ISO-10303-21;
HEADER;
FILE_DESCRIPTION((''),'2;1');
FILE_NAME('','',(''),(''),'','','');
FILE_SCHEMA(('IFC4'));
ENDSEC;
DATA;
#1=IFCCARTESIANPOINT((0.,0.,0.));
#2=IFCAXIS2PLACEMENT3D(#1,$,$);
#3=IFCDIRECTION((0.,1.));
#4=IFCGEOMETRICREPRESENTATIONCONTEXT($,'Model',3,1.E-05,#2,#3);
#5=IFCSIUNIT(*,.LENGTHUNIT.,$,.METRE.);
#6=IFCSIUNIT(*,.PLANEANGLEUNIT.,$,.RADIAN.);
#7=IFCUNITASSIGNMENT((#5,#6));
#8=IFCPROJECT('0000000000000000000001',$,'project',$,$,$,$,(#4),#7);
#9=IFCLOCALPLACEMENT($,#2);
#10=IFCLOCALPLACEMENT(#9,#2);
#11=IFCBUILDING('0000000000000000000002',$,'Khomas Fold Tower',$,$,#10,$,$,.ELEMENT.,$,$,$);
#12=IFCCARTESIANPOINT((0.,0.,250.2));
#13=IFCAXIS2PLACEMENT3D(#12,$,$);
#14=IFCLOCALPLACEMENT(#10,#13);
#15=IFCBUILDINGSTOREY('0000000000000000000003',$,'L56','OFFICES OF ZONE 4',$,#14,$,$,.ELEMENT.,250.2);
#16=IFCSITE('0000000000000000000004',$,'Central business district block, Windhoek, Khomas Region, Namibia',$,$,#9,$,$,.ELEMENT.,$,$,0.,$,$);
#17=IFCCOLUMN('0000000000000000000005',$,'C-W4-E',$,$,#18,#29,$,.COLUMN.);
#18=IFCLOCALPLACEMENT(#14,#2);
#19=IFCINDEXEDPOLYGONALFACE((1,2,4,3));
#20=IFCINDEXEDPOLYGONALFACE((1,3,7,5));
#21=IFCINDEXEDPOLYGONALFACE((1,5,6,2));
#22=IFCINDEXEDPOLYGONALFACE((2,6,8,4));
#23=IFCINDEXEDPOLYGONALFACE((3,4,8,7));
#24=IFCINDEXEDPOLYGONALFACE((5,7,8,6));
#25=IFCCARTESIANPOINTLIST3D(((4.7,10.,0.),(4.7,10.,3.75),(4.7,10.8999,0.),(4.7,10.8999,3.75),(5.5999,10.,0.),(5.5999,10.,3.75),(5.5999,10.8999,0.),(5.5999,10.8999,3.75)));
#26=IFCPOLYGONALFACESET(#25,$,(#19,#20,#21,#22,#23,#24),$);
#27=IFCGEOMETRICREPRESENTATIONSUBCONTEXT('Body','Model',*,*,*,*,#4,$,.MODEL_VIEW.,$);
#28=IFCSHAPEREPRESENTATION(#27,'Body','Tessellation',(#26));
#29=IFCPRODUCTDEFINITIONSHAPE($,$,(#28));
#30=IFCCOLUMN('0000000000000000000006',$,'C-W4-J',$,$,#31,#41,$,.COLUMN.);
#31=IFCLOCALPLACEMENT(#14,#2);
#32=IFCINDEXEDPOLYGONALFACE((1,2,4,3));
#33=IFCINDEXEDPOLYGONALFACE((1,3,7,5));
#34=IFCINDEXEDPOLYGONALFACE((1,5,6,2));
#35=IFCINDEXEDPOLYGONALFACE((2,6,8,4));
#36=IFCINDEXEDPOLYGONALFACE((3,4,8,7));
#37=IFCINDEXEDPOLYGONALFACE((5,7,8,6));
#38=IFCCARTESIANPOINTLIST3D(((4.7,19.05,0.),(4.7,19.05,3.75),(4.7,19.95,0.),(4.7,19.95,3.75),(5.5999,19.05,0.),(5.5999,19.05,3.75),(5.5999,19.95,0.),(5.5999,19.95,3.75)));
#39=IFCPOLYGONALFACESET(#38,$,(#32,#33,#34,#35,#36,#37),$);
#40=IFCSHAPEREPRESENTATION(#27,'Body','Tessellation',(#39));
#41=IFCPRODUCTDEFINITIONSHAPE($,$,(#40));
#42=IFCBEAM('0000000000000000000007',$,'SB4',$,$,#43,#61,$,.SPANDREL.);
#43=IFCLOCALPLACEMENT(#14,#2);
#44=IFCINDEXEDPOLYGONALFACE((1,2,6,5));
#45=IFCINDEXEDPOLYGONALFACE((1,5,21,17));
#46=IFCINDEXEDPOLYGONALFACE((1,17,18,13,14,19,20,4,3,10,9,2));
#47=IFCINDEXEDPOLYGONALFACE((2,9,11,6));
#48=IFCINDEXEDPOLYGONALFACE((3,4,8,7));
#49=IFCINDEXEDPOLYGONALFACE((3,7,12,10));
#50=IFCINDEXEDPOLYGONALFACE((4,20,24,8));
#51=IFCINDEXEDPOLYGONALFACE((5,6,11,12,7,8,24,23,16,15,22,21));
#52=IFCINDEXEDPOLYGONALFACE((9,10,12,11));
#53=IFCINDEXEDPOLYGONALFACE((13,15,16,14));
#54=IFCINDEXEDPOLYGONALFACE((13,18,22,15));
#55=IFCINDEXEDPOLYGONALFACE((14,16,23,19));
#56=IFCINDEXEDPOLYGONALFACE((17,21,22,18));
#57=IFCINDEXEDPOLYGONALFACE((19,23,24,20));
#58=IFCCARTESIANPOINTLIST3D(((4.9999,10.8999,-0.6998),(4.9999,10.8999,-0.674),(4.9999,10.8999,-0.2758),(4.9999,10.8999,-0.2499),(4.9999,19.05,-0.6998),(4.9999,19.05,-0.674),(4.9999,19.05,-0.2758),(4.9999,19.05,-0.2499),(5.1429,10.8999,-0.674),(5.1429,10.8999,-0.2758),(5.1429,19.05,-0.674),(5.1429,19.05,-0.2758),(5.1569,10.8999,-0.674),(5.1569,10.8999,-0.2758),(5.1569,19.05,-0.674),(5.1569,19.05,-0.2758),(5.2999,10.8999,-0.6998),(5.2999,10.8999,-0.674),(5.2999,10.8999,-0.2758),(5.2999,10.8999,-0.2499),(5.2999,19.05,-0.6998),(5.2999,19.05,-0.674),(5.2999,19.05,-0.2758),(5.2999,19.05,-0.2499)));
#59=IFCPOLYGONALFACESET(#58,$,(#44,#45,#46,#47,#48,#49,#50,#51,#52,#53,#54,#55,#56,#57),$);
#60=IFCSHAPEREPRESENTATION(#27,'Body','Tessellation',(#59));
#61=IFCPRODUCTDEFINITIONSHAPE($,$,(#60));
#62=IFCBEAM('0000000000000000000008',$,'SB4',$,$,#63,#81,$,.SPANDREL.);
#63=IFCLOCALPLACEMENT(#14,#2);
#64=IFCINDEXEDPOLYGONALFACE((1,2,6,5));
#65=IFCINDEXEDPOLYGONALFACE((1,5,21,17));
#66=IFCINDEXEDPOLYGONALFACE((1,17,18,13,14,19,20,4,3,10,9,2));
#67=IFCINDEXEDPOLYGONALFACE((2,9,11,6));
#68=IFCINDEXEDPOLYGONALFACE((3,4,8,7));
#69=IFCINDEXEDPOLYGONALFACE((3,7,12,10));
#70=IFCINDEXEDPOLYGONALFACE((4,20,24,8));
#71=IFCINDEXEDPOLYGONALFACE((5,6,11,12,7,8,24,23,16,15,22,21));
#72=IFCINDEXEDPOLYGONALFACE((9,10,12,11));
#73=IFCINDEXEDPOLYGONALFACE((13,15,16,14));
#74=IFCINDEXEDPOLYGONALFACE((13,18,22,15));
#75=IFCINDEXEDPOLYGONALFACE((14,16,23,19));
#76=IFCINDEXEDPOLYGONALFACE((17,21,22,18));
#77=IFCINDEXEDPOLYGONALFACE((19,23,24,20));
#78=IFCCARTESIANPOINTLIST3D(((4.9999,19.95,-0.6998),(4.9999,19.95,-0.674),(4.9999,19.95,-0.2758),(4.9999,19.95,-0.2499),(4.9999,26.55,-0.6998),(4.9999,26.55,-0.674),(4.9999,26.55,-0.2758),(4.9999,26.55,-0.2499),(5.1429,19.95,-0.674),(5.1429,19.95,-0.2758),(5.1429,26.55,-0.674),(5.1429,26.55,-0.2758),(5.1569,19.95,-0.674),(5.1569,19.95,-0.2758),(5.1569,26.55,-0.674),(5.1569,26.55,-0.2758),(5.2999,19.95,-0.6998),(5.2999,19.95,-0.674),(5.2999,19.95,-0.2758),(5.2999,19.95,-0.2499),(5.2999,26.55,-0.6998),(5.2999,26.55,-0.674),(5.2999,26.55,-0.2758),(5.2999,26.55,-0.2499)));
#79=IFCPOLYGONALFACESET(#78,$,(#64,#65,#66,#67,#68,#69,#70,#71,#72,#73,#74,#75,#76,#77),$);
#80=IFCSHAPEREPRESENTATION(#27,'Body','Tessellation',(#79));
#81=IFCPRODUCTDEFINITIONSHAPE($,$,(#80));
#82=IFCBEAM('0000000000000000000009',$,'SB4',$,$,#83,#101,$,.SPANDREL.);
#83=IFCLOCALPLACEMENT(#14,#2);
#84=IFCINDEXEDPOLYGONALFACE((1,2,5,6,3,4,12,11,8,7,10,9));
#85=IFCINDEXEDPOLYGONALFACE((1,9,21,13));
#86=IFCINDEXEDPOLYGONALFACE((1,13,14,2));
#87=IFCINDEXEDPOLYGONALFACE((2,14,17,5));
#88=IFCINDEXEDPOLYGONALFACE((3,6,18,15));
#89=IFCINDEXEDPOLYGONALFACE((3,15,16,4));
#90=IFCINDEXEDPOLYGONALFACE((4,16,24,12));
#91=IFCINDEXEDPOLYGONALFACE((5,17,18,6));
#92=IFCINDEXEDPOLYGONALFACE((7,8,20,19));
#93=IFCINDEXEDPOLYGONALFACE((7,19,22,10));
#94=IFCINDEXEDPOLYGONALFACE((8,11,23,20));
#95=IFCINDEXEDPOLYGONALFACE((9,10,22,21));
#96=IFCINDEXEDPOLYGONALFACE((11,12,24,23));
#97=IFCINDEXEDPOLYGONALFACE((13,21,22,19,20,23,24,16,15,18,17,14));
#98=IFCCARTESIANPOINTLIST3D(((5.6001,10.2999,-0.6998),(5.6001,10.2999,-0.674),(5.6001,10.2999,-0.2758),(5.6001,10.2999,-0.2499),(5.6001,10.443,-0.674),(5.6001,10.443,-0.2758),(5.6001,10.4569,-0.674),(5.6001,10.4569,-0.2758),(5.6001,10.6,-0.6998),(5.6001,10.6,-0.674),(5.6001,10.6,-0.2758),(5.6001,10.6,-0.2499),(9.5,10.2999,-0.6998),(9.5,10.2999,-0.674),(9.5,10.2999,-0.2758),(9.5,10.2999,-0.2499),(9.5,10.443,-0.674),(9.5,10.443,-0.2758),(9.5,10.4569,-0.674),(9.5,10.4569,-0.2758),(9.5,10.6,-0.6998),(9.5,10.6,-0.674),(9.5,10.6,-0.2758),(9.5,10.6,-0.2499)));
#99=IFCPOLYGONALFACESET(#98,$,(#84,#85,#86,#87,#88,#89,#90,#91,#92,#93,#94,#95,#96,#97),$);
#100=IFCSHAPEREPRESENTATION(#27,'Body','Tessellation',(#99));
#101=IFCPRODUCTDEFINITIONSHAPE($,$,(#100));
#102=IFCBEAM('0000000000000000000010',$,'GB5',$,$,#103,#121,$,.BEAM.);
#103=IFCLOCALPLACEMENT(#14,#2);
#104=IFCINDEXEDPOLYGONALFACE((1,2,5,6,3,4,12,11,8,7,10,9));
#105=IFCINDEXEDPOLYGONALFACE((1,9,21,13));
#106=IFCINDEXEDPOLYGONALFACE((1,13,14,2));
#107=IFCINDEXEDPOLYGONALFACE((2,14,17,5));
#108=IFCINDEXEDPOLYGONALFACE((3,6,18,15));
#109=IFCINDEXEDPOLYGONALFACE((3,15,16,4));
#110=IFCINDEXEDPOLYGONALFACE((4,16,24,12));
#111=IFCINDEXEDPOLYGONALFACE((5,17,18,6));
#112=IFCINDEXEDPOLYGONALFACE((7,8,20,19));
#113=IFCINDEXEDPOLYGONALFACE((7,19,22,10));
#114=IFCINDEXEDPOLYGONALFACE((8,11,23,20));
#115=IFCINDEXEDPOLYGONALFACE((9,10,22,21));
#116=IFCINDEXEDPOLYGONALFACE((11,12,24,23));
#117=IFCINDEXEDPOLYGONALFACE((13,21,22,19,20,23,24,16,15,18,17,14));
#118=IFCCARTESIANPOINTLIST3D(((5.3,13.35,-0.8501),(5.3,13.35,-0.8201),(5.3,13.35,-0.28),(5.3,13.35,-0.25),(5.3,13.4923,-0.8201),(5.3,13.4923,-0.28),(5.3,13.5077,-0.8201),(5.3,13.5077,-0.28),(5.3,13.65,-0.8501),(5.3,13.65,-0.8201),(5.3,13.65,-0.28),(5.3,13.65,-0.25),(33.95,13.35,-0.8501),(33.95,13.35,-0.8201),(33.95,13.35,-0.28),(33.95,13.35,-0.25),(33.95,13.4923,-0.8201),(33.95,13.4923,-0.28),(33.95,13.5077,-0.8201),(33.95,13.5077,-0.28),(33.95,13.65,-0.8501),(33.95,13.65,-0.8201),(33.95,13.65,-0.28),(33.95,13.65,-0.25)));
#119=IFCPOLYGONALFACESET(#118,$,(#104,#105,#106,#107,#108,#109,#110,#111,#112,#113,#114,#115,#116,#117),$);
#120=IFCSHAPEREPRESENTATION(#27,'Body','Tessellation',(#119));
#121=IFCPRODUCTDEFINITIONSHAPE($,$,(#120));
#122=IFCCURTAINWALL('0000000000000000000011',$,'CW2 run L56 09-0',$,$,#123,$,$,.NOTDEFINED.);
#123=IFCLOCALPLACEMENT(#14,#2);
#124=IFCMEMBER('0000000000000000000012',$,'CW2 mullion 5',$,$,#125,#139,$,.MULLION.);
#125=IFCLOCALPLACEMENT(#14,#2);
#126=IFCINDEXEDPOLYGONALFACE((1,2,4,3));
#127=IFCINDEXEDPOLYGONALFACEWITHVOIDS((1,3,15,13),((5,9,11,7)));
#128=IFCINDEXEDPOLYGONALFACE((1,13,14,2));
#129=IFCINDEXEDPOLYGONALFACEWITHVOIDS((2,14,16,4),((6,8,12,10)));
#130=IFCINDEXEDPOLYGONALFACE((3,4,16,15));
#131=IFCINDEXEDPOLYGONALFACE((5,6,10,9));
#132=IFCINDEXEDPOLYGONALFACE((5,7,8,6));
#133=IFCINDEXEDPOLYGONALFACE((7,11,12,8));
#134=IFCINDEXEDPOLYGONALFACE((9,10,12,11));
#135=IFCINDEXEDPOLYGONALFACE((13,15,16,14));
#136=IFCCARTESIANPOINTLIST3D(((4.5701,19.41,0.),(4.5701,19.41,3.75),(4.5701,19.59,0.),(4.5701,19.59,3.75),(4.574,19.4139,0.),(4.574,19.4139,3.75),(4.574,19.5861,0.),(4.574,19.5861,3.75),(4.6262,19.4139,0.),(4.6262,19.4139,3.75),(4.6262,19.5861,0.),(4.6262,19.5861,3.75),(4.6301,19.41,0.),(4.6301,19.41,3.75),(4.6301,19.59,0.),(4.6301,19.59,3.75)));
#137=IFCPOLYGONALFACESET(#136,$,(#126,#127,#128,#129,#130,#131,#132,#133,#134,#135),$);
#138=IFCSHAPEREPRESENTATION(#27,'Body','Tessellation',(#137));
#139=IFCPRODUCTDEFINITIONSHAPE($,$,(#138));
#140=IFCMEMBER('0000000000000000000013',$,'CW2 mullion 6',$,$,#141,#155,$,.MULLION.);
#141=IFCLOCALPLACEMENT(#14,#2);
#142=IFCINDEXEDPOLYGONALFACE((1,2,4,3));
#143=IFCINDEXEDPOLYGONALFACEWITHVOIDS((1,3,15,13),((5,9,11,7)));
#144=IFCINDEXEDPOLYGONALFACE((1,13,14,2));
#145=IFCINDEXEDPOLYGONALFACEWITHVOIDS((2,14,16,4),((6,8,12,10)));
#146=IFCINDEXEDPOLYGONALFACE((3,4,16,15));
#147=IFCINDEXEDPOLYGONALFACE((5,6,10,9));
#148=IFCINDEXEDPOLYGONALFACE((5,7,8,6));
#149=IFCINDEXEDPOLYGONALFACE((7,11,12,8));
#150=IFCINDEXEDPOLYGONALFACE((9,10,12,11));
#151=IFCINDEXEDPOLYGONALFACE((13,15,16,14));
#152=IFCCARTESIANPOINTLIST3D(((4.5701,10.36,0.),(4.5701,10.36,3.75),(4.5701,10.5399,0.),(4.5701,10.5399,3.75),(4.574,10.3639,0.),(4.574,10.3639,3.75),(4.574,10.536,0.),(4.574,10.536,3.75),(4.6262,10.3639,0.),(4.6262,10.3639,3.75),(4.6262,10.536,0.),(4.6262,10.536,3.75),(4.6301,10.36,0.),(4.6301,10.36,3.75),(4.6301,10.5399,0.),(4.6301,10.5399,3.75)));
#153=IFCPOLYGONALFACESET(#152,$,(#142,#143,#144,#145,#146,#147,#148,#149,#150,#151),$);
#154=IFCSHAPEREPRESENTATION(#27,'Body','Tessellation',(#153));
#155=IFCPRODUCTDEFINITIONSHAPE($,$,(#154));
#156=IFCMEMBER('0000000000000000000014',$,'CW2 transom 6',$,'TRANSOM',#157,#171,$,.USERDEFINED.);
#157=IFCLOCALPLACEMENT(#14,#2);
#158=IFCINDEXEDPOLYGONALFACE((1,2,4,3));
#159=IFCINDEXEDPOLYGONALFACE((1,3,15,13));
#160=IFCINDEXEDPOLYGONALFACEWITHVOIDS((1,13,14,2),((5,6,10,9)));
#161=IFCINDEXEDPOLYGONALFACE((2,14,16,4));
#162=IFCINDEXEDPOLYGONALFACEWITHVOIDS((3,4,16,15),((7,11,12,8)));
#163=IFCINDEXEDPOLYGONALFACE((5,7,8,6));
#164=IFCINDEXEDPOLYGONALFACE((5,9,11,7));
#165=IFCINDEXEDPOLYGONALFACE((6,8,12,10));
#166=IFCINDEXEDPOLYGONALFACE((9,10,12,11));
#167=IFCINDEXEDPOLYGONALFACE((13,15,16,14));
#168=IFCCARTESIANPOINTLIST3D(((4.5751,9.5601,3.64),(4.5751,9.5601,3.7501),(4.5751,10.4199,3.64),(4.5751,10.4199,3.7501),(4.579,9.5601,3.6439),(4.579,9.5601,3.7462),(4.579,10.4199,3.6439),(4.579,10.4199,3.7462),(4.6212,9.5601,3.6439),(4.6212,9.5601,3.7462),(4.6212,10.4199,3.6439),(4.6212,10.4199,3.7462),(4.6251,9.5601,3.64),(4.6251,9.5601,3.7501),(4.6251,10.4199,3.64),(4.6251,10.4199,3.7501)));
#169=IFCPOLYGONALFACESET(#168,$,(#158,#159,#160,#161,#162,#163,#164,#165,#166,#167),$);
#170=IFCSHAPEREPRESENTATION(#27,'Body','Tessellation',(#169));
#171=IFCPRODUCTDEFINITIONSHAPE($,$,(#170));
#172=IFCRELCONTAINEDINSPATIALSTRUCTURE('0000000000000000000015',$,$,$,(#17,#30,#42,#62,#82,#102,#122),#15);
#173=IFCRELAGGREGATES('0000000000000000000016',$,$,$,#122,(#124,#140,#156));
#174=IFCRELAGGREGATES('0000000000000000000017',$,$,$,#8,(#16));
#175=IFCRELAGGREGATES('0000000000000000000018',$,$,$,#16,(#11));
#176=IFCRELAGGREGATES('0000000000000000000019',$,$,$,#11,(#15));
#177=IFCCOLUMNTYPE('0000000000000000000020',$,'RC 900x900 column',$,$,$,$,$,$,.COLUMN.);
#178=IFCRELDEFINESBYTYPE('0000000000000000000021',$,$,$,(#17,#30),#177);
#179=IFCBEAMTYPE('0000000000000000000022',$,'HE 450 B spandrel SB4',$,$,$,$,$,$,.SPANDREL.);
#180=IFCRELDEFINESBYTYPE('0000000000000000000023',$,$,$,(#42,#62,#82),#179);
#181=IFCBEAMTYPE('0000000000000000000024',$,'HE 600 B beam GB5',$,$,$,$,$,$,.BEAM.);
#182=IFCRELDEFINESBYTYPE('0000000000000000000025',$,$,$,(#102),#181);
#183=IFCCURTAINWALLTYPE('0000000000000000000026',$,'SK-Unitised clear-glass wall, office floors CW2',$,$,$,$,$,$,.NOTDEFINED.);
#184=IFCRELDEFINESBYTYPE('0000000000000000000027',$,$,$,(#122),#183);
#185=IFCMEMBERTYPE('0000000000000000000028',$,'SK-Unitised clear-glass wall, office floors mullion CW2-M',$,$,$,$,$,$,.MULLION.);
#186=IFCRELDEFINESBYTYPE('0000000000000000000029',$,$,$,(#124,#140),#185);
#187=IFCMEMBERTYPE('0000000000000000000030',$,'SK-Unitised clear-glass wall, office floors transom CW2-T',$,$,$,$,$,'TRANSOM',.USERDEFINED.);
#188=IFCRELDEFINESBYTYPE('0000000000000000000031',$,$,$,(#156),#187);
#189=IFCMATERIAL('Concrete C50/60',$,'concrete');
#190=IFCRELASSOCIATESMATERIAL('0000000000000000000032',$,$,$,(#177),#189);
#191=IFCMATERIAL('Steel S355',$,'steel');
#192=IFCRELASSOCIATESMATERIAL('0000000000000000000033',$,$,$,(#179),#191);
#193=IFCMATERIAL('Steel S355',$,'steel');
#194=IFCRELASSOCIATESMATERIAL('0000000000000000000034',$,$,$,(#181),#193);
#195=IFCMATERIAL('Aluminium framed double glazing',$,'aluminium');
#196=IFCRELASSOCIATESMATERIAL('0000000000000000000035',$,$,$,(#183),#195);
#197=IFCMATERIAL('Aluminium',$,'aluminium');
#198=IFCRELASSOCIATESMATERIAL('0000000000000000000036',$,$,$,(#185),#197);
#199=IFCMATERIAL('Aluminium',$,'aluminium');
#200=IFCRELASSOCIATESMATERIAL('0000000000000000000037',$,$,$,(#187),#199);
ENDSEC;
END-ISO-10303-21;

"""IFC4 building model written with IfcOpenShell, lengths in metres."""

from ifc_helpers import new_model, si_unit, direction, frame, origin, origin_2d, place, context, subcontext, project, spatial, rectangle, hollow_rectangle, i_section, extrude, source, transform, mapped, material, material_profile, profile_set, type_object, element, aggregate, save


model = new_model("IFC4")

# Units and contexts
model_context = context("Model", 3, precision=1e-05, world=origin(), true_north=direction((0.0, 1.0)))
body_context = subcontext(model_context, "Body", "Model", "MODEL_VIEW")
ifc_project = project(units=[si_unit("LENGTHUNIT", "METRE"), si_unit("PLANEANGLEUNIT", "RADIAN")], contexts=[model_context])

# Site, building, storey
site_placement = place(None, origin())
site = spatial("IfcSite", under=ifc_project, at=site_placement, Name="Central business district block, Windhoek, Khomas Region, Namibia", CompositionType="ELEMENT", RefElevation=0.0)
building_placement = place(site_placement, origin())
building = spatial("IfcBuilding", under=site, at=building_placement, Name="Khomas Fold Tower", CompositionType="ELEMENT")
storey_placement = place(building_placement, frame((0.0, 0.0, 250.2)))
storey = spatial("IfcBuildingStorey", under=building, at=storey_placement, Name="L56", Description="OFFICES OF ZONE 4", CompositionType="ELEMENT", Elevation=250.2)

# Columns
ifc_material_1 = material(Name="Concrete C50/60", Category="concrete")
ifc_material_profile_1 = material_profile(ifc_material_1, rectangle(XDim=0.8999, YDim=0.8999, at=origin_2d()), Name="RC 900x900")
ifc_profile_set_1 = profile_set([ifc_material_profile_1], Name="Concrete C50/60")
column_type = type_object("IfcColumnType", Name="RC 900x900 column", PredefinedType="COLUMN", material=ifc_profile_set_1)
shared_shape_1 = source(origin(), body_context, "Body", "SweptSolid", [
    extrude(rectangle(XDim=0.8999, YDim=0.8999, at=origin_2d()), origin(), (0.0, 0.0, 1.0), 3.75),
])
for number, where, z_axis, x_axis, name in (
    (1, (5.1499, 10.45, 0.0), (0.0, 0.0, 1.0), (1.0, 0.0, 0.0), "C-W4-E"),
    (2, (5.1499, 19.5, 0.0), (0.0, 0.0, 1.0), (1.0, 0.0, 0.0), "C-W4-J"),
):
    element("IfcColumn", number, at=place(storey_placement, frame(where, z_axis=z_axis, x_axis=x_axis)), inside=storey, type_object=column_type, Name=name, PredefinedType="COLUMN", context=body_context, shape_type="MappedRepresentation", body=[
        mapped(shared_shape_1, transform((0.0, 0.0, 0.0))),
    ])

# Beams
ifc_material_2 = material(Name="Steel S355", Category="steel")
ifc_material_profile_2 = material_profile(ifc_material_2, i_section(OverallWidth=0.3, OverallDepth=0.45, WebThickness=0.0139, FlangeThickness=0.0259, at=origin_2d()), Name="HE 450 B")
ifc_profile_set_2 = profile_set([ifc_material_profile_2], Name="Steel S355")
beam_type_1 = type_object("IfcBeamType", Name="HE 450 B spandrel SB4", PredefinedType="SPANDREL", material=ifc_profile_set_2)
shared_shape_2 = source(origin(), body_context, "Body", "SweptSolid", [
    extrude(i_section(OverallWidth=0.3, OverallDepth=0.45, WebThickness=0.0139, FlangeThickness=0.0259, at=origin_2d()), origin(), (0.0, 0.0, 1.0), 8.1501),
])
beam_1_placement = place(storey_placement, frame((5.1499, 10.8999, -0.4749), z_axis=(0.0, 1.0, 0.0), x_axis=(-1.0, 0.0, 0.0)))
element("IfcBeam", 3, at=beam_1_placement, inside=storey, type_object=beam_type_1, Name="SB4", PredefinedType="SPANDREL", context=body_context, shape_type="MappedRepresentation", body=[
    mapped(shared_shape_2, transform((0.0, 0.0, 0.0))),
])
shared_shape_3 = source(origin(), body_context, "Body", "SweptSolid", [
    extrude(i_section(OverallWidth=0.3, OverallDepth=0.45, WebThickness=0.0139, FlangeThickness=0.0259, at=origin_2d()), origin(), (0.0, 0.0, 1.0), 6.6001),
])
beam_2_placement = place(storey_placement, frame((5.1499, 19.95, -0.4749), z_axis=(0.0, 1.0, 0.0), x_axis=(-1.0, 0.0, 0.0)))
element("IfcBeam", 4, at=beam_2_placement, inside=storey, type_object=beam_type_1, Name="SB4", PredefinedType="SPANDREL", context=body_context, shape_type="MappedRepresentation", body=[
    mapped(shared_shape_3, transform((0.0, 0.0, 0.0))),
])
shared_shape_4 = source(origin(), body_context, "Body", "SweptSolid", [
    extrude(i_section(OverallWidth=0.3, OverallDepth=0.45, WebThickness=0.0139, FlangeThickness=0.0259, at=origin_2d()), origin(), (0.0, 0.0, 1.0), 3.8999),
])
beam_3_placement = place(storey_placement, frame((5.6001, 10.45, -0.4749), z_axis=(1.0, 0.0, 0.0), x_axis=(0.0, 1.0, 0.0)))
element("IfcBeam", 5, at=beam_3_placement, inside=storey, type_object=beam_type_1, Name="SB4", PredefinedType="SPANDREL", context=body_context, shape_type="MappedRepresentation", body=[
    mapped(shared_shape_4, transform((0.0, 0.0, 0.0))),
])
ifc_material_3 = material(Name="Steel S355", Category="steel")
ifc_material_profile_3 = material_profile(ifc_material_3, i_section(OverallWidth=0.3, OverallDepth=0.6001, WebThickness=0.0154, FlangeThickness=0.03, at=origin_2d()), Name="HE 600 B")
ifc_profile_set_3 = profile_set([ifc_material_profile_3], Name="Steel S355")
beam_type_2 = type_object("IfcBeamType", Name="HE 600 B beam GB5", PredefinedType="BEAM", material=ifc_profile_set_3)
shared_shape_5 = source(origin(), body_context, "Body", "SweptSolid", [
    extrude(i_section(OverallWidth=0.3, OverallDepth=0.6001, WebThickness=0.0154, FlangeThickness=0.03, at=origin_2d()), origin(), (0.0, 0.0, 1.0), 28.6499),
])
beam_4_placement = place(storey_placement, frame((5.3, 13.5, -0.55), z_axis=(1.0, 0.0, 0.0), x_axis=(0.0, 1.0, 0.0)))
element("IfcBeam", 6, at=beam_4_placement, inside=storey, type_object=beam_type_2, Name="GB5", PredefinedType="BEAM", context=body_context, shape_type="MappedRepresentation", body=[
    mapped(shared_shape_5, transform((0.0, 0.0, 0.0))),
])

# Curtain wall, members
ifc_material_4 = material(Name="Aluminium framed double glazing", Category="aluminium")
curtain_wall_type = type_object("IfcCurtainWallType", Name="SK-Unitised clear-glass wall, office floors CW2", PredefinedType="NOTDEFINED", material=ifc_material_4)
curtain_wall_placement = place(storey_placement, origin())
curtain_wall = element("IfcCurtainWall", 7, at=curtain_wall_placement, inside=storey, type_object=curtain_wall_type, Name="CW2 run L56 09-0", PredefinedType="NOTDEFINED")
ifc_material_5 = material(Name="Aluminium", Category="aluminium")
ifc_material_profile_4 = material_profile(ifc_material_5, hollow_rectangle(XDim=0.0601, YDim=0.1799, WallThickness=0.0039, at=origin_2d()), Name="SK-Unitised clear-glass wall, office floors mullion CW2-M")
ifc_profile_set_4 = profile_set([ifc_material_profile_4], Name="Aluminium")
member_type_1 = type_object("IfcMemberType", Name="SK-Unitised clear-glass wall, office floors mullion CW2-M", PredefinedType="MULLION", material=ifc_profile_set_4)
shared_shape_6 = source(origin(), body_context, "Body", "SweptSolid", [
    extrude(hollow_rectangle(XDim=0.0601, YDim=0.1799, WallThickness=0.0039, at=origin_2d()), origin(), (0.0, 0.0, 1.0), 3.75),
])
member_1_placement = place(storey_placement, frame((4.6001, 19.5, 0.0), z_axis=(0.0, 0.0, 1.0), x_axis=(1.0, 0.0, 0.0)))
member_1 = element("IfcMember", 8, at=member_1_placement, type_object=member_type_1, Name="CW2 mullion 5", PredefinedType="MULLION", context=body_context, shape_type="MappedRepresentation", body=[
    mapped(shared_shape_6, transform((0.0, 0.0, 0.0))),
])
member_2_placement = place(storey_placement, frame((4.6001, 10.45, 0.0), z_axis=(0.0, 0.0, 1.0), x_axis=(1.0, 0.0, 0.0)))
member_2 = element("IfcMember", 9, at=member_2_placement, type_object=member_type_1, Name="CW2 mullion 6", PredefinedType="MULLION", context=body_context, shape_type="MappedRepresentation", body=[
    mapped(shared_shape_6, transform((0.0, 0.0, 0.0))),
])
ifc_material_6 = material(Name="Aluminium", Category="aluminium")
ifc_material_profile_5 = material_profile(ifc_material_6, hollow_rectangle(XDim=0.05, YDim=0.1101, WallThickness=0.0039, at=origin_2d()), Name="SK-Unitised clear-glass wall, office floors transom CW2-T")
ifc_profile_set_5 = profile_set([ifc_material_profile_5], Name="Aluminium")
member_type_2 = type_object("IfcMemberType", Name="SK-Unitised clear-glass wall, office floors transom CW2-T", ElementType="TRANSOM", PredefinedType="USERDEFINED", material=ifc_profile_set_5)
shared_shape_7 = source(origin(), body_context, "Body", "SweptSolid", [
    extrude(hollow_rectangle(XDim=0.05, YDim=0.1101, WallThickness=0.0039, at=origin_2d()), origin(), (0.0, 0.0, 1.0), 0.8599),
])
member_3_placement = place(storey_placement, frame((4.6001, 10.4199, 3.6951), z_axis=(0.0, -1.0, 0.0), x_axis=(1.0, 0.0, 0.0)))
member_3 = element("IfcMember", 10, at=member_3_placement, type_object=member_type_2, Name="CW2 transom 6", ObjectType="TRANSOM", PredefinedType="USERDEFINED", context=body_context, shape_type="MappedRepresentation", body=[
    mapped(shared_shape_7, transform((0.0, 0.0, 0.0))),
])
aggregate(curtain_wall, [member_1, member_2, member_3])

save(model, "model.ifc")
